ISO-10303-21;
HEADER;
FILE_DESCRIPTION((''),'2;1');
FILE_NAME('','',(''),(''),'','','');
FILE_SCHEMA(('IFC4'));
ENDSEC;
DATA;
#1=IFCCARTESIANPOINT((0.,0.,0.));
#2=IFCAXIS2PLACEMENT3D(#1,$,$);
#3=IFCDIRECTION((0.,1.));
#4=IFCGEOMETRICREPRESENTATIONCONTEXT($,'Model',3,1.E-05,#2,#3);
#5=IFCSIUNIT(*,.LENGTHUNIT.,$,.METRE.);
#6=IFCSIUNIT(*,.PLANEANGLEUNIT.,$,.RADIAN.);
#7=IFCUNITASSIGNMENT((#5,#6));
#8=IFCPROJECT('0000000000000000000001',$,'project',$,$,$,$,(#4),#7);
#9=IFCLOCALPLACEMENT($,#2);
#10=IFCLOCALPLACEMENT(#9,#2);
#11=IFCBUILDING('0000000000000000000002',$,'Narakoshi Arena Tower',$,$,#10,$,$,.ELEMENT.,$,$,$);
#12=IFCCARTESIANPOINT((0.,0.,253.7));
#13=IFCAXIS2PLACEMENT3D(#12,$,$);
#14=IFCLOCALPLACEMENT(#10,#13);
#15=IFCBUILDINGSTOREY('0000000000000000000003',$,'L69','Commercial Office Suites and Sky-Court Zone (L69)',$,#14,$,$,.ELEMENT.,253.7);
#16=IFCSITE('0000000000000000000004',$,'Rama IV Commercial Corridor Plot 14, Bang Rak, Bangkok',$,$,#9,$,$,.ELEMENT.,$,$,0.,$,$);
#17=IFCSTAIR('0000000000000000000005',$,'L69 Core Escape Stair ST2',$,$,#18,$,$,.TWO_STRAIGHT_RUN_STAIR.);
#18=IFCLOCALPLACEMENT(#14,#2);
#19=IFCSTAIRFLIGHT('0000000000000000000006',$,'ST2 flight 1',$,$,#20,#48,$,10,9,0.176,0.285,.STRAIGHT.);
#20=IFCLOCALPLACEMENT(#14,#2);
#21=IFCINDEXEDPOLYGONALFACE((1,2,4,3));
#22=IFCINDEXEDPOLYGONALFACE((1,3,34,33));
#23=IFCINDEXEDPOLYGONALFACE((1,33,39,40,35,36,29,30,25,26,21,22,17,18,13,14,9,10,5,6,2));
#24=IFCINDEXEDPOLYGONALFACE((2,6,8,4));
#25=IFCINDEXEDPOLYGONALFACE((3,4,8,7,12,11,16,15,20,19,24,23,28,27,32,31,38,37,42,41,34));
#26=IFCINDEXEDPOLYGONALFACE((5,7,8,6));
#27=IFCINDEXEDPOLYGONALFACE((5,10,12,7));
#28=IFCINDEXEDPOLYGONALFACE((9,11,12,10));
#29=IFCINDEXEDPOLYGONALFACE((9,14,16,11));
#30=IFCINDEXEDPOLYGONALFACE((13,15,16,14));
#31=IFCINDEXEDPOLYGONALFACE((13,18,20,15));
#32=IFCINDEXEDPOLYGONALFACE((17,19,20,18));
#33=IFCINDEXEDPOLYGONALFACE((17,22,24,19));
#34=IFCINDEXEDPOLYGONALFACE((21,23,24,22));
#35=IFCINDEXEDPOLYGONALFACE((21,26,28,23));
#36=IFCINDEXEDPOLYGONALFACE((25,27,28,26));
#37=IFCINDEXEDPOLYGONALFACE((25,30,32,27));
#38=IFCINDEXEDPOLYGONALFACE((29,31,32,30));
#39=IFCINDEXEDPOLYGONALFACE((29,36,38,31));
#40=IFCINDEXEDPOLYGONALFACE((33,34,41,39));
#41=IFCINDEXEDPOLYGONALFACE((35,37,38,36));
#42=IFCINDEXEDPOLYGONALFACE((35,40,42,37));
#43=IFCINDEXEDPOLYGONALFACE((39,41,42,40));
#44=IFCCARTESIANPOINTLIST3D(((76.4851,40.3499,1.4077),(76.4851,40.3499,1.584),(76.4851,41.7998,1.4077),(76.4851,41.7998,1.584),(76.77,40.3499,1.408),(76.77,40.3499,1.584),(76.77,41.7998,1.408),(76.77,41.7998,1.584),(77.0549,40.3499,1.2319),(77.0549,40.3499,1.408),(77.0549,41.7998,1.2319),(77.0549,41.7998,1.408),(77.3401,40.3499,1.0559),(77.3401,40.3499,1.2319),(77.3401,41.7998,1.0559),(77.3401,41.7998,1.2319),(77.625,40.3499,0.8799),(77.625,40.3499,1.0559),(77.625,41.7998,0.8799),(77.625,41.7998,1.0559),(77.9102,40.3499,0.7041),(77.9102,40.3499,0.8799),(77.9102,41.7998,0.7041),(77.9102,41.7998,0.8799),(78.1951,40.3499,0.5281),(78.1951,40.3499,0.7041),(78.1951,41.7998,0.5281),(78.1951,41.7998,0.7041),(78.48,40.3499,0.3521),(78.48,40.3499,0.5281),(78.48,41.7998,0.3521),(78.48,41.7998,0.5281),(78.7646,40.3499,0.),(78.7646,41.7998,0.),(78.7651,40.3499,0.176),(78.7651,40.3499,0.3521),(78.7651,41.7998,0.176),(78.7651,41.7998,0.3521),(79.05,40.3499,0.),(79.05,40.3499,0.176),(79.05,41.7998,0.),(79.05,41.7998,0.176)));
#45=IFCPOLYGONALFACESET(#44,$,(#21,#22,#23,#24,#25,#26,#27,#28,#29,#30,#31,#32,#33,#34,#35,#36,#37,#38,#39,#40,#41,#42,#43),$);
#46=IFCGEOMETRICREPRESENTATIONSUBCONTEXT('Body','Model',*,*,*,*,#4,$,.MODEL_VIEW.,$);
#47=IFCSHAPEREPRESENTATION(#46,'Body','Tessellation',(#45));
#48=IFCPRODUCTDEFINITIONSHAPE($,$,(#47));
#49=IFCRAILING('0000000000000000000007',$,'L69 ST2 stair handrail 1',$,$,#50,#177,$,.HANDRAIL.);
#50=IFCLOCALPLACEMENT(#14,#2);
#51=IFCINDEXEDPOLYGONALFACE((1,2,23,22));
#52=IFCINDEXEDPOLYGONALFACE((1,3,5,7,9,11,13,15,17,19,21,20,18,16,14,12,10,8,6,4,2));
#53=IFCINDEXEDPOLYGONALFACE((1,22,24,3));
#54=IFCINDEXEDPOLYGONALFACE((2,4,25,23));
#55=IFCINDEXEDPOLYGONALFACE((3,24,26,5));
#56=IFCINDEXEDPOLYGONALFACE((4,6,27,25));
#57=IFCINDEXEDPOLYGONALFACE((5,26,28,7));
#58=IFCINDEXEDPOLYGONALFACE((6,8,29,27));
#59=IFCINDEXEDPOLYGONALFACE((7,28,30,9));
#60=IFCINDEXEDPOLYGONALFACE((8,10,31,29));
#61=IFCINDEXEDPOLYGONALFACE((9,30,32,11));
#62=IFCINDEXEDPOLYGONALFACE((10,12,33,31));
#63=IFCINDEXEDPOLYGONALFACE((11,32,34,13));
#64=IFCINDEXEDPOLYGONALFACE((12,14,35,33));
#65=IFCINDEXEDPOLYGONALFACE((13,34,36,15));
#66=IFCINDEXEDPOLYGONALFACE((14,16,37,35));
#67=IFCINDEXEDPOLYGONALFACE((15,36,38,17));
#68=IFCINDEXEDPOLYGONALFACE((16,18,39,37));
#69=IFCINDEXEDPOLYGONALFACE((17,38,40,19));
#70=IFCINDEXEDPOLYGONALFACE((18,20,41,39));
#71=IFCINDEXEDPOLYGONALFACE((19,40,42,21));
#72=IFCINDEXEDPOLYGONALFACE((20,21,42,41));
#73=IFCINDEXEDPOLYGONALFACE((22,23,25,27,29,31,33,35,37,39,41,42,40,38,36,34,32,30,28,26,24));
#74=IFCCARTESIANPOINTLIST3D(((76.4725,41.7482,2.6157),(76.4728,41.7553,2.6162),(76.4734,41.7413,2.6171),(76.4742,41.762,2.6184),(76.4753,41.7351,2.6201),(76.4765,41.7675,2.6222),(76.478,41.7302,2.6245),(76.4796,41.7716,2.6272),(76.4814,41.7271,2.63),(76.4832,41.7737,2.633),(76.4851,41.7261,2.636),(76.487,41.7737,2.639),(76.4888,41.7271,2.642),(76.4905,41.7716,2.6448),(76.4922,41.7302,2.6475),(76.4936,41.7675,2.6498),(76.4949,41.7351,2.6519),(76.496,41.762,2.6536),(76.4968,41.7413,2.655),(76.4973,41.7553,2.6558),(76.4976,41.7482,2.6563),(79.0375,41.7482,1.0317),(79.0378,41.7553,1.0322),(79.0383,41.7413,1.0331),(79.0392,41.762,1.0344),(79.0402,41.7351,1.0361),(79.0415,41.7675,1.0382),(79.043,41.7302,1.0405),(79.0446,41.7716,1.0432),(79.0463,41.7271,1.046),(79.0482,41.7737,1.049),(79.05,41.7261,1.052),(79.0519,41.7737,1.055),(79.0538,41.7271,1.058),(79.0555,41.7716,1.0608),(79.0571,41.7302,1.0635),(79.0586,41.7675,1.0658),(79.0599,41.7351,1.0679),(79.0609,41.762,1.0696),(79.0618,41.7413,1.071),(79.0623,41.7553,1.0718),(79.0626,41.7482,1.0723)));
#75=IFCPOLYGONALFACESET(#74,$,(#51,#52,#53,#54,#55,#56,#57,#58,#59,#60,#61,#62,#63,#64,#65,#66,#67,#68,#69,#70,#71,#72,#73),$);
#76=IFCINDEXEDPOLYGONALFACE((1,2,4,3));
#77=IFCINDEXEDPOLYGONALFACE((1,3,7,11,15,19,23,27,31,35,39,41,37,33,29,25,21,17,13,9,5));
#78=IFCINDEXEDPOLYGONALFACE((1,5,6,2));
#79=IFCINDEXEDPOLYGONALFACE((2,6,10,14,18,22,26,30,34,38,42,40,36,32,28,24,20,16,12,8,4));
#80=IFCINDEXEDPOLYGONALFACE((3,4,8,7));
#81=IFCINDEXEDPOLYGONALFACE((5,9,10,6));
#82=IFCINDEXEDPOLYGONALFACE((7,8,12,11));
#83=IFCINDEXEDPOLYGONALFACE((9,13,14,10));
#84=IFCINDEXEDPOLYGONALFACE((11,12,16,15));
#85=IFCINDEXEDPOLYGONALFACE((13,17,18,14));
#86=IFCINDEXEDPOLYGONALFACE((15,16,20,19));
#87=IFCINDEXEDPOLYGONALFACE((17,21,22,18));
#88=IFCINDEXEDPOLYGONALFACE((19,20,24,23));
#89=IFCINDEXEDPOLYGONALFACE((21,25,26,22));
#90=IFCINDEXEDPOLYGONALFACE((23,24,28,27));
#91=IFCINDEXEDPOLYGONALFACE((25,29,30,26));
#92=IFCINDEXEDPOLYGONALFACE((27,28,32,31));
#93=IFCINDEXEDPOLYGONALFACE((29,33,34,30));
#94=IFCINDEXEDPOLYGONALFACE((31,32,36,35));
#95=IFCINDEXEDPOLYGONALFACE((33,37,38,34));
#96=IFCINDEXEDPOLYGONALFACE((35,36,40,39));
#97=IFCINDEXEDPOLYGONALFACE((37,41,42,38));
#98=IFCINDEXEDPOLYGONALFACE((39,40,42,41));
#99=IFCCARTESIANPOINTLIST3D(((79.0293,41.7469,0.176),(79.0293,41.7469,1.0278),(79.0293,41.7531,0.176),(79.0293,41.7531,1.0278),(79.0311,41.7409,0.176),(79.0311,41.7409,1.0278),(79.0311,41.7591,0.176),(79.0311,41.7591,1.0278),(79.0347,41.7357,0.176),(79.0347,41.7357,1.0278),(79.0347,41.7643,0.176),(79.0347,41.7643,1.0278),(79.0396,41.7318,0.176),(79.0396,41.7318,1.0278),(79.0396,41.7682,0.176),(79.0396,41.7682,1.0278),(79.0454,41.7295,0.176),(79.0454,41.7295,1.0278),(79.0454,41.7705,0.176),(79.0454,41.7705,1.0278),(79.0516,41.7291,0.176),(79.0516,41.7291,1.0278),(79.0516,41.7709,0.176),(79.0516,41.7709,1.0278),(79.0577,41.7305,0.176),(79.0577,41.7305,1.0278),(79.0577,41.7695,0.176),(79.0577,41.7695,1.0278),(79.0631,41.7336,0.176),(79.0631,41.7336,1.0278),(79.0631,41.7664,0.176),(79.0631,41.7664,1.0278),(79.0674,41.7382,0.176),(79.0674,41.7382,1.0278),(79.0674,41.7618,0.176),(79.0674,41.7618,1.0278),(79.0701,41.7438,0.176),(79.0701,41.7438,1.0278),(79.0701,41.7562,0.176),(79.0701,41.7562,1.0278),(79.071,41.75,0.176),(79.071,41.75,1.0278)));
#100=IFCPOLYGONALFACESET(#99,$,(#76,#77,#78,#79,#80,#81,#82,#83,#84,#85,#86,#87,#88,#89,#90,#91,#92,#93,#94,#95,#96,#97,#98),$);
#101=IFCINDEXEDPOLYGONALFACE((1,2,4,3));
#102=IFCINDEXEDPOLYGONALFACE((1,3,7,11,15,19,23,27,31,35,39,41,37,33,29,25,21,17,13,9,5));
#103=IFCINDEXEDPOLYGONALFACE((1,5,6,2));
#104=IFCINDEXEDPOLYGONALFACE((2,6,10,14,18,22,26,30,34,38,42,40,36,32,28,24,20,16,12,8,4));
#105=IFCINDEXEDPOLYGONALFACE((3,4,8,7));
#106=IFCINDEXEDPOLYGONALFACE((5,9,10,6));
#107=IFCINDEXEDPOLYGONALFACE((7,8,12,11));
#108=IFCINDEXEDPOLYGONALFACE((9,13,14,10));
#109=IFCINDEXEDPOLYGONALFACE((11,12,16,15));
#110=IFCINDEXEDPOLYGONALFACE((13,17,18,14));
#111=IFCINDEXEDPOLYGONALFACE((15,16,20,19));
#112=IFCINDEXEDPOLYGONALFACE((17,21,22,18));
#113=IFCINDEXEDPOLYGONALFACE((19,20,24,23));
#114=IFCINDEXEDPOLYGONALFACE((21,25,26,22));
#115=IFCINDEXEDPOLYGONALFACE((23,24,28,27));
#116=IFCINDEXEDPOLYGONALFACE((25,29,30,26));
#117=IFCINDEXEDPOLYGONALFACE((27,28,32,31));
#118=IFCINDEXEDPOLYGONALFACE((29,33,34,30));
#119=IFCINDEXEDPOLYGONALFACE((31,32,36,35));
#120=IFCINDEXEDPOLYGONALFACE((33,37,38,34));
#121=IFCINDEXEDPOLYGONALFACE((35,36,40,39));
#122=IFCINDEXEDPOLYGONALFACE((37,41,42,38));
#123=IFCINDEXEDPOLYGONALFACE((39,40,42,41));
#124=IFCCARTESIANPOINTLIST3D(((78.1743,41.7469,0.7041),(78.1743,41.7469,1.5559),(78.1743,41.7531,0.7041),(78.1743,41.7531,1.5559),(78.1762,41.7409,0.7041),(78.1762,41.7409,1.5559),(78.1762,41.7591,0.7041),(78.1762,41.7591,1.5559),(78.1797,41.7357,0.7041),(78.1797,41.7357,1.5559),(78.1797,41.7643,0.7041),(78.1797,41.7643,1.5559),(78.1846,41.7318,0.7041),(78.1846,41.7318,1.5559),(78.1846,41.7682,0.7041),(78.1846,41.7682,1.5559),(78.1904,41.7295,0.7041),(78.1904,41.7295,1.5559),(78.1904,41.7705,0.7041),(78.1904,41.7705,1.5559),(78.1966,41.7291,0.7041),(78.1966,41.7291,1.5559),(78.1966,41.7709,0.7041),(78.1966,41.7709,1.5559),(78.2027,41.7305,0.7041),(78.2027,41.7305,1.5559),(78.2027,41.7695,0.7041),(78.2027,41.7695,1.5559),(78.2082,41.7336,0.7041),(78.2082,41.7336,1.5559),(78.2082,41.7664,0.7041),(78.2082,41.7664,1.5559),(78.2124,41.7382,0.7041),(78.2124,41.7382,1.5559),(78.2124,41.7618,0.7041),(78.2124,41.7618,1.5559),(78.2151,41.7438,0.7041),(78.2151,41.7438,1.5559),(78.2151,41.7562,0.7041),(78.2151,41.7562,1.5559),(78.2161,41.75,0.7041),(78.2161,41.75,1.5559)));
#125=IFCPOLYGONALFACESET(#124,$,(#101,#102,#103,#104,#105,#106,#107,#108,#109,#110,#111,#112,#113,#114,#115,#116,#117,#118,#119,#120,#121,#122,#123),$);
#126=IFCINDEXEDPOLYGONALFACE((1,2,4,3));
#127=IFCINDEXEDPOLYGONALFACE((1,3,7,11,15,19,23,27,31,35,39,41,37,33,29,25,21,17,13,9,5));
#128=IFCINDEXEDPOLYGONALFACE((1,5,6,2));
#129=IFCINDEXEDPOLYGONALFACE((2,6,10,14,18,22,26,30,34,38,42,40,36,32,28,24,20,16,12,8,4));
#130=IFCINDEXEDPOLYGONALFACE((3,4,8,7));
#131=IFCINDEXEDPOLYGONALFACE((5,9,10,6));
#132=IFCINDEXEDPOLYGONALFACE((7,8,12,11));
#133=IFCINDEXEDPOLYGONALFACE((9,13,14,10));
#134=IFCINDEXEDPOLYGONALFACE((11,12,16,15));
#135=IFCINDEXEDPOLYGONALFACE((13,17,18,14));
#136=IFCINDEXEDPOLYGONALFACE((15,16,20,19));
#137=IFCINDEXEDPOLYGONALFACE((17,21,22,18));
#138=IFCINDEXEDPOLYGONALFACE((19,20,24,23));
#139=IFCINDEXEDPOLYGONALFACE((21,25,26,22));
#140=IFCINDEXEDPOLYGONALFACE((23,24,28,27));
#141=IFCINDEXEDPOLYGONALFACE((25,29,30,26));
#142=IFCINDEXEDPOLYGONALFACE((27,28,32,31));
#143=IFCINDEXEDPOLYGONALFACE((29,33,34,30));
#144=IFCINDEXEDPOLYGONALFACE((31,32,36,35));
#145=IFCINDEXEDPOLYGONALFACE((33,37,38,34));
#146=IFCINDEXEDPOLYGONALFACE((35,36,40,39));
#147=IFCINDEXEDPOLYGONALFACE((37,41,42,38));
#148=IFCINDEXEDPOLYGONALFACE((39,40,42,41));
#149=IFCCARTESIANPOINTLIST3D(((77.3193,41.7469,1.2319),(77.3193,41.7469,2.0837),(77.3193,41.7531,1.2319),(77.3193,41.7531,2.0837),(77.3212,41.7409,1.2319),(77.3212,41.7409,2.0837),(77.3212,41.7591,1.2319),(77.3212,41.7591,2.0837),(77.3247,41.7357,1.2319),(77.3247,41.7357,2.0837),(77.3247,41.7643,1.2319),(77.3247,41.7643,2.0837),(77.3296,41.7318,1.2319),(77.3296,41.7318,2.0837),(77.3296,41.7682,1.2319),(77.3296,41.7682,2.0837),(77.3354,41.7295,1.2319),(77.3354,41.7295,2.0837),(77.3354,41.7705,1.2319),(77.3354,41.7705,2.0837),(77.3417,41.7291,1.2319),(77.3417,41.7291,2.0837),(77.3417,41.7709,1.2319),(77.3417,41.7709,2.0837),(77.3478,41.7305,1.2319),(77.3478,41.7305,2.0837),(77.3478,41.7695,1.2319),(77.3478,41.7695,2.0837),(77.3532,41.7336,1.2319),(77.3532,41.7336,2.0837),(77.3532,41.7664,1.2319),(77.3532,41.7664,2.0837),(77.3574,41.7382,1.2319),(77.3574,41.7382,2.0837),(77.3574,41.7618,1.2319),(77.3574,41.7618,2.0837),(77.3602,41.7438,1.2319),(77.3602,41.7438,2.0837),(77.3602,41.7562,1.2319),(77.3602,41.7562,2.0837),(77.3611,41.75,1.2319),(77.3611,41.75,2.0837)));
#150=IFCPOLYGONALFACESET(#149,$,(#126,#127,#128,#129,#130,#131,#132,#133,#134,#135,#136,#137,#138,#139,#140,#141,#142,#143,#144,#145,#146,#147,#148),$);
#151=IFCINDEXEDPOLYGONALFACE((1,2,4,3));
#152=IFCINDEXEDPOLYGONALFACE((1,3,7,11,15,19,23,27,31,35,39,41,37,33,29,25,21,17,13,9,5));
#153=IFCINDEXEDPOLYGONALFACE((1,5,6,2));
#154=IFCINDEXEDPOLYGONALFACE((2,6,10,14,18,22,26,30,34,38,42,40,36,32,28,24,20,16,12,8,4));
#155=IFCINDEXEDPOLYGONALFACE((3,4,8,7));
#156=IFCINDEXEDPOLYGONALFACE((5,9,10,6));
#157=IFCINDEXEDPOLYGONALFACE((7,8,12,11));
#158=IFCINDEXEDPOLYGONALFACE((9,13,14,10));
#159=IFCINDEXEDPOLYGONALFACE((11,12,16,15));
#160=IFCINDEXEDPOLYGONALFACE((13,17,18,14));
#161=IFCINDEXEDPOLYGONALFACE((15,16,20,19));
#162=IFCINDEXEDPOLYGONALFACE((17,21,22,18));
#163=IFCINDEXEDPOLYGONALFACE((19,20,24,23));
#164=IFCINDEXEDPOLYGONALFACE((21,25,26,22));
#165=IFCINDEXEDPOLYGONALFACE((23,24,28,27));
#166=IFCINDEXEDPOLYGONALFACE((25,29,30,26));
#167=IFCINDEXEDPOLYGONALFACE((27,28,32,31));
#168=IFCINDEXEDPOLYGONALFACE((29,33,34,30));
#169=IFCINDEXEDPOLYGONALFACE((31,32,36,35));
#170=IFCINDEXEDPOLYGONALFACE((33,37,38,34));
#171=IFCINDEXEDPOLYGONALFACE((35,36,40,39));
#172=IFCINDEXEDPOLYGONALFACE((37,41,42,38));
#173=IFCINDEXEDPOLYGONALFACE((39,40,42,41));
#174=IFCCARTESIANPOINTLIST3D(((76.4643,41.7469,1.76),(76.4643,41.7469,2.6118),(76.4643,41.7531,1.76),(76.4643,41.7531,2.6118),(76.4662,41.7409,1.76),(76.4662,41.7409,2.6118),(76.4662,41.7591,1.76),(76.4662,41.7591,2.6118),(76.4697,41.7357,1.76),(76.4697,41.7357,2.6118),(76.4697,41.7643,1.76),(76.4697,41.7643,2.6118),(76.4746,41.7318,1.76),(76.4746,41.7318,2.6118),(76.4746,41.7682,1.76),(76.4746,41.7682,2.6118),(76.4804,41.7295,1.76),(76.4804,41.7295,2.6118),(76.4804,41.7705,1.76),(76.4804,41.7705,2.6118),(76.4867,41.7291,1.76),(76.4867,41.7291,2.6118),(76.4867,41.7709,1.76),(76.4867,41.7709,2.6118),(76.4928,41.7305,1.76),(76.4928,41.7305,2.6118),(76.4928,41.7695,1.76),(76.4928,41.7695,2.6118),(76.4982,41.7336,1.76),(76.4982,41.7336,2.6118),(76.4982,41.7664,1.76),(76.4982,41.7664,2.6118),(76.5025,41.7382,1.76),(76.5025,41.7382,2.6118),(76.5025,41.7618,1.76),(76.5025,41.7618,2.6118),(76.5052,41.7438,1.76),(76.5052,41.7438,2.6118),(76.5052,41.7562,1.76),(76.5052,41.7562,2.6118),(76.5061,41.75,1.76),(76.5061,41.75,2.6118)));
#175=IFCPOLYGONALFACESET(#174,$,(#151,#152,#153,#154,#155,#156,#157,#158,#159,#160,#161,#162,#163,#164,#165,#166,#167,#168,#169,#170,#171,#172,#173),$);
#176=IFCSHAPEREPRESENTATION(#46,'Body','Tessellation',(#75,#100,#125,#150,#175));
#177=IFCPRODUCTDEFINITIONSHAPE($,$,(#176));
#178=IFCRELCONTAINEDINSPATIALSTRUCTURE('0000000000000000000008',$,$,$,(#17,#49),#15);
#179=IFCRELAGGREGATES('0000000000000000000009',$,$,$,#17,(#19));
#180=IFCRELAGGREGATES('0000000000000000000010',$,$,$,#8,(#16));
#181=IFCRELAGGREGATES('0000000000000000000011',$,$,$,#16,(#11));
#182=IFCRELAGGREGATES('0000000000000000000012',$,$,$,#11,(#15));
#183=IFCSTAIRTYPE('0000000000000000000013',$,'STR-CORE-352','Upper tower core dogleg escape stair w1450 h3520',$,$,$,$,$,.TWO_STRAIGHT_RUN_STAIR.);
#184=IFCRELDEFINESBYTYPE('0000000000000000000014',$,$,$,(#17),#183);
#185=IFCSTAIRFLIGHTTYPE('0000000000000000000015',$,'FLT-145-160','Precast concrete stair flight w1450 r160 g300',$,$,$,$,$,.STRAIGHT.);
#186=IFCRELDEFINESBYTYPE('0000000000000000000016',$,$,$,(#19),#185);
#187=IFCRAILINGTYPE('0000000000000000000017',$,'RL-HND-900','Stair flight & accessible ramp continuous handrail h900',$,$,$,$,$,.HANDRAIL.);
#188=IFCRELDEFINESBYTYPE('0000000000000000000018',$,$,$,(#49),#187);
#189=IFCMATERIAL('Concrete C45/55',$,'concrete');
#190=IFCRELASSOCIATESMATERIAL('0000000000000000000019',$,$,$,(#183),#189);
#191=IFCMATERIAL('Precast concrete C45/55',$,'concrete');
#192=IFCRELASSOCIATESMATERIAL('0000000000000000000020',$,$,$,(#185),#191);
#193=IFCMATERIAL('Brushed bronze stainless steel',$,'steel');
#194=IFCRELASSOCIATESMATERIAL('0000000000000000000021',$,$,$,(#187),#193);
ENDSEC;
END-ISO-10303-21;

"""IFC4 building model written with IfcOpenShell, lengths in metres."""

from ifc_helpers import new_model, si_unit, direction, frame, origin, origin_2d, place, context, subcontext, project, spatial, polyline, circle, outline, extrude, material, type_object, element, aggregate, save


model = new_model("IFC4")

# Units and contexts
model_context = context("Model", 3, precision=1e-05, world=origin(), true_north=direction((0.0, 1.0)))
body_context = subcontext(model_context, "Body", "Model", "MODEL_VIEW")
ifc_project = project(units=[si_unit("LENGTHUNIT", "METRE"), si_unit("PLANEANGLEUNIT", "RADIAN")], contexts=[model_context])

# Site, building, storey
site_placement = place(None, origin())
site = spatial("IfcSite", under=ifc_project, at=site_placement, Name="Rama IV Commercial Corridor Plot 14, Bang Rak, Bangkok", CompositionType="ELEMENT", RefElevation=0.0)
building_placement = place(site_placement, origin())
building = spatial("IfcBuilding", under=site, at=building_placement, Name="Narakoshi Arena Tower", CompositionType="ELEMENT")
storey_placement = place(building_placement, frame((0.0, 0.0, 253.7)))
storey = spatial("IfcBuildingStorey", under=building, at=storey_placement, Name="L69", Description="Commercial Office Suites and Sky-Court Zone (L69)", CompositionType="ELEMENT", Elevation=253.7)

# Stair, stair flight
ifc_material_1 = material(Name="Concrete C45/55", Category="concrete")
stair_type = type_object("IfcStairType", Name="STR-CORE-352", Description="Upper tower core dogleg escape stair w1450 h3520", PredefinedType="TWO_STRAIGHT_RUN_STAIR", material=ifc_material_1)
stair_placement = place(storey_placement, origin())
stair = element("IfcStair", 1, at=stair_placement, inside=storey, type_object=stair_type, Name="L69 Core Escape Stair ST2", PredefinedType="TWO_STRAIGHT_RUN_STAIR")
ifc_material_2 = material(Name="Precast concrete C45/55", Category="concrete")
stair_flight_type = type_object("IfcStairFlightType", Name="FLT-145-160", Description="Precast concrete stair flight w1450 r160 g300", PredefinedType="STRAIGHT", material=ifc_material_2)
stair_flight_placement = place(storey_placement, frame((79.05, 41.075, 0.0), z_axis=(0.0, 0.0, 1.0), x_axis=(-1.0, 0.0, 0.0)))
stair_flight = element("IfcStairFlight", 2, at=stair_flight_placement, type_object=stair_flight_type, Name="ST2 flight 1", NumberOfRisers=10, NumberOfTreads=9, PredefinedType="STRAIGHT", RiserHeight=0.176, TreadLength=0.285, context=body_context, shape_type="SweptSolid", body=[
    extrude(outline(polyline([(0.0, 0.0), (0.0, 0.176), (0.2849, 0.176), (0.2849, 0.3521), (0.5701, 0.3521), (0.5701, 0.5281), (0.855, 0.5281), (0.855, 0.7041), (1.1399, 0.7041), (1.1399, 0.8799), (1.425, 0.8799), (1.425, 1.0559), (1.71, 1.0559), (1.71, 1.2319), (1.9951, 1.2319), (1.9951, 1.408), (2.28, 1.408), (2.28, 1.584), (2.5649, 1.584), (2.5649, 1.76), (2.5649, 1.4077), (0.2854, 0.0), (0.0, 0.0)])), frame((0.0, 0.7251, 0.0), z_axis=(0.0, -1.0, 0.0), x_axis=(1.0, 0.0, 0.0)), (0.0, 0.0, 1.0), 1.45),
])
aggregate(stair, [stair_flight])

# Railing
ifc_material_3 = material(Name="Brushed bronze stainless steel", Category="steel")
railing_type = type_object("IfcRailingType", Name="RL-HND-900", Description="Stair flight & accessible ramp continuous handrail h900", PredefinedType="HANDRAIL", material=ifc_material_3)
railing_placement = place(storey_placement, frame((79.05, 41.75, 0.176)))
element("IfcRailing", 3, at=railing_placement, inside=storey, type_object=railing_type, Name="L69 ST2 stair handrail 1", PredefinedType="HANDRAIL", context=body_context, shape_type="SweptSolid", body=[
    extrude(circle(Radius=0.0239, at=origin_2d()), frame((0.0, 0.0, 0.876), z_axis=(-0.850834, 0.0, 0.525434), x_axis=(0.0, -1.0, 0.0)), (0.0, 0.0, 1.0), 3.0146),
    extrude(circle(Radius=0.021, at=origin_2d()), origin(), (0.0, 0.0, 1.0), 0.8518),
    extrude(circle(Radius=0.021, at=origin_2d()), frame((-0.855, 0.0, 0.5281)), (0.0, 0.0, 1.0), 0.8518),
    extrude(circle(Radius=0.021, at=origin_2d()), frame((-1.71, 0.0, 1.0559)), (0.0, 0.0, 1.0), 0.8518),
    extrude(circle(Radius=0.021, at=origin_2d()), frame((-2.5649, 0.0, 1.584)), (0.0, 0.0, 1.0), 0.8518),
])

save(model, "model.ifc")
